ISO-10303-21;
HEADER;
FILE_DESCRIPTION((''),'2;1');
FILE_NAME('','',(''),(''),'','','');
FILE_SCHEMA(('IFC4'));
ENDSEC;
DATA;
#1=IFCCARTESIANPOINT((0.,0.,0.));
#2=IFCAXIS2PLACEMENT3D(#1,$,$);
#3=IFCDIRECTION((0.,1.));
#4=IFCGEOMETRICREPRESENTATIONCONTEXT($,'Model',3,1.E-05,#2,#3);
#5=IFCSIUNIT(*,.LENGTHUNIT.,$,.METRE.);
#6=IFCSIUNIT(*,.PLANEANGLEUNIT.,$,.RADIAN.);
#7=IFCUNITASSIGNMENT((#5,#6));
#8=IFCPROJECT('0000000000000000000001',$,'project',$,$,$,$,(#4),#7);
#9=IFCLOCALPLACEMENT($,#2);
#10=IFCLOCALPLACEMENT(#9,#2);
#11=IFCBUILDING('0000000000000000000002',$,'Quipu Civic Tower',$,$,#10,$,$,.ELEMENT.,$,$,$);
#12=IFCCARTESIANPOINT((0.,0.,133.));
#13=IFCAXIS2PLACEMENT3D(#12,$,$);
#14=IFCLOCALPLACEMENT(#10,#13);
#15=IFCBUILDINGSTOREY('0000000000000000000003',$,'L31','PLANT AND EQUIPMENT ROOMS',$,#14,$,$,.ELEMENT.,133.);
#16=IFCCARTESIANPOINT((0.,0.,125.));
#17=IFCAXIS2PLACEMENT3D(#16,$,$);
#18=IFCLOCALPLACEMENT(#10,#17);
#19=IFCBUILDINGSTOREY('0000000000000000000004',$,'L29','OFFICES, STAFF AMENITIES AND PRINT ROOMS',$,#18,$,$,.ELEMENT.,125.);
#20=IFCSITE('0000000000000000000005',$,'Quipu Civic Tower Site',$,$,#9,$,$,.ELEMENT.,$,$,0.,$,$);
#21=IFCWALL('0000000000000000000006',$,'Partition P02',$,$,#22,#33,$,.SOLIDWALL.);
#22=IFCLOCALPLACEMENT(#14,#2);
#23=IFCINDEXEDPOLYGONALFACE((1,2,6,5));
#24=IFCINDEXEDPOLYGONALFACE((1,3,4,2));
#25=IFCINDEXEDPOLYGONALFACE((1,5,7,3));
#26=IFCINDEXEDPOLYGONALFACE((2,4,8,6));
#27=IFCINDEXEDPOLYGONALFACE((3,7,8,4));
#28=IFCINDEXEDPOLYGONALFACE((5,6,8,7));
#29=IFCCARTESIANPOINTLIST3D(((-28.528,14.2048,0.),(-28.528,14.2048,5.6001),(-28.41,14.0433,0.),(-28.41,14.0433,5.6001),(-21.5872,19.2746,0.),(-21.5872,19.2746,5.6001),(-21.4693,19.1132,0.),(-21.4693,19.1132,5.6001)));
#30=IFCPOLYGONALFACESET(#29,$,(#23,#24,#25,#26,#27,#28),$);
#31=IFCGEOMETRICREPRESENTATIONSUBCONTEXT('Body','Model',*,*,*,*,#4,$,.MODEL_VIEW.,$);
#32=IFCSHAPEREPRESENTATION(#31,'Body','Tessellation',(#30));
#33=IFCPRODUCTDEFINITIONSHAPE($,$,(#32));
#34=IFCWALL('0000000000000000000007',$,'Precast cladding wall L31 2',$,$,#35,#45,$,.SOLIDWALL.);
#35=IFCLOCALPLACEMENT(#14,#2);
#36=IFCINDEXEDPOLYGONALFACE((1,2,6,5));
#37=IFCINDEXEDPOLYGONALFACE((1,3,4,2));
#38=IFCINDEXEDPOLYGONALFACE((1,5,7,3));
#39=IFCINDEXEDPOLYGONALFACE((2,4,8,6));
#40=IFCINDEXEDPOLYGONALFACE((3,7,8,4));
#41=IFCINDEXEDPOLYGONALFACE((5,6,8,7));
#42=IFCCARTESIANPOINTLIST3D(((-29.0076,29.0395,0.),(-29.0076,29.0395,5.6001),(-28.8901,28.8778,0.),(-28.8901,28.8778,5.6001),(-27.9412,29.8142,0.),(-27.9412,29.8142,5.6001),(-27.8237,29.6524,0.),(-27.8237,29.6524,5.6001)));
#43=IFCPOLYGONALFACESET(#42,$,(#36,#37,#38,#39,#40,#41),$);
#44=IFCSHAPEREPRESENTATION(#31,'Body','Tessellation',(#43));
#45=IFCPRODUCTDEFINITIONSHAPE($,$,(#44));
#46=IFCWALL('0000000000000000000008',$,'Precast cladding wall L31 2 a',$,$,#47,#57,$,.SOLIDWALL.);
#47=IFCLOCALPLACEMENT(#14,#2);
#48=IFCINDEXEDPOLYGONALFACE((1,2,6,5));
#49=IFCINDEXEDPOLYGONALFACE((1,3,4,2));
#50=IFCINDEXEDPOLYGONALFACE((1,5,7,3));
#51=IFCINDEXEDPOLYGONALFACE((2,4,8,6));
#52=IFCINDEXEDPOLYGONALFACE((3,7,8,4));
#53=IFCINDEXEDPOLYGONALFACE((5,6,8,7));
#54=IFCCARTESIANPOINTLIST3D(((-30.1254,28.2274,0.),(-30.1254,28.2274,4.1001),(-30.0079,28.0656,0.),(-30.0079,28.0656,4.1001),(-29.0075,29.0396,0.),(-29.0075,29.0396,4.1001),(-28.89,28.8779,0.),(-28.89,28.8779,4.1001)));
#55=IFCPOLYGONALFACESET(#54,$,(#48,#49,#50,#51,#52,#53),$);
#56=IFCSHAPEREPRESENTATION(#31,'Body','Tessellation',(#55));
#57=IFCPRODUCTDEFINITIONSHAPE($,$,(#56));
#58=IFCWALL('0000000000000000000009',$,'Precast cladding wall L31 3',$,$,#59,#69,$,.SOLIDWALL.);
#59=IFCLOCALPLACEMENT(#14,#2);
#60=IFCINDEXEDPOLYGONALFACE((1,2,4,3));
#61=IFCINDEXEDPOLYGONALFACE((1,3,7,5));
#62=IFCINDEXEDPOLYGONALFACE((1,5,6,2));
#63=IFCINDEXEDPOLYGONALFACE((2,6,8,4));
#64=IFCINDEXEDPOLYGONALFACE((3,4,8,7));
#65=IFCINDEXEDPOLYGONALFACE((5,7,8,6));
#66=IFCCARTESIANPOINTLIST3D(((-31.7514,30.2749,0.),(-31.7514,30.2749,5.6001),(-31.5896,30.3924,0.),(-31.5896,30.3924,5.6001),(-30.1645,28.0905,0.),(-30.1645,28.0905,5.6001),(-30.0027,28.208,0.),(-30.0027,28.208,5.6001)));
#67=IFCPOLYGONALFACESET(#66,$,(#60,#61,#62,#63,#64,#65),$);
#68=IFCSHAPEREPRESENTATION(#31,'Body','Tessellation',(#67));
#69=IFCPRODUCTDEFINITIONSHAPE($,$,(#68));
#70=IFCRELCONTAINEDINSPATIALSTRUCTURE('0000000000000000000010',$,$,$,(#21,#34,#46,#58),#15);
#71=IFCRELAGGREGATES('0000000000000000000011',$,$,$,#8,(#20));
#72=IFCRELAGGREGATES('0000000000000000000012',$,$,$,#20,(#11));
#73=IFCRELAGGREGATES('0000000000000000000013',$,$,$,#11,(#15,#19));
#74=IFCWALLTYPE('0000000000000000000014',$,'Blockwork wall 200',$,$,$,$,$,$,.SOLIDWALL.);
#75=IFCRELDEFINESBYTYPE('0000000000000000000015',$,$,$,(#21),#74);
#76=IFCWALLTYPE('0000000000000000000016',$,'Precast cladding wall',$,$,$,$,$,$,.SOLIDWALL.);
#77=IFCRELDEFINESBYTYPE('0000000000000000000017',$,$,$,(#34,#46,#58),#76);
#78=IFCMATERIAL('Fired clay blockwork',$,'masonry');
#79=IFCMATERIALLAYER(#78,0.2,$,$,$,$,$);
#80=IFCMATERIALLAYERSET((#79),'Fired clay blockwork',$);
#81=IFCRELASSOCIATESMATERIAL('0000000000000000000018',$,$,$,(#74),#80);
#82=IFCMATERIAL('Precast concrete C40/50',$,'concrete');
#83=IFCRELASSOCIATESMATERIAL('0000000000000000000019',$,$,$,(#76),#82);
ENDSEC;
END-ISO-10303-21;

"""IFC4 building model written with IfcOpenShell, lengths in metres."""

from ifc_helpers import new_model, si_unit, direction, frame, frame_2d, origin, place, context, subcontext, project, spatial, rectangle, extrude, material, layer, layer_set, type_object, element, save


model = new_model("IFC4")

# Units and contexts
model_context = context("Model", 3, precision=1e-05, world=origin(), true_north=direction((0.0, 1.0)))
body_context = subcontext(model_context, "Body", "Model", "MODEL_VIEW")
ifc_project = project(units=[si_unit("LENGTHUNIT", "METRE"), si_unit("PLANEANGLEUNIT", "RADIAN")], contexts=[model_context])

# Site, building, storey
site_placement = place(None, origin())
site = spatial("IfcSite", under=ifc_project, at=site_placement, Name="Quipu Civic Tower Site", CompositionType="ELEMENT", RefElevation=0.0)
building_placement = place(site_placement, origin())
building = spatial("IfcBuilding", under=site, at=building_placement, Name="Quipu Civic Tower", CompositionType="ELEMENT")
storey_1_placement = place(building_placement, frame((0.0, 0.0, 133.0)))
storey_1 = spatial("IfcBuildingStorey", under=building, at=storey_1_placement, Name="L31", Description="PLANT AND EQUIPMENT ROOMS", CompositionType="ELEMENT", Elevation=133.0)

# Shared definitions
storey_2_placement = place(building_placement, frame((0.0, 0.0, 125.0)))
storey_2 = spatial("IfcBuildingStorey", under=building, at=storey_2_placement, Name="L29", Description="OFFICES, STAFF AMENITIES AND PRINT ROOMS", CompositionType="ELEMENT", Elevation=125.0)

# Walls
ifc_material_1 = material(Name="Fired clay blockwork", Category="masonry")
ifc_layer = layer(ifc_material_1, 0.2)
ifc_layer_set = layer_set([ifc_layer], Name="Fired clay blockwork")
wall_type_1 = type_object("IfcWallType", Name="Blockwork wall 200", PredefinedType="SOLIDWALL", material=ifc_layer_set)
wall_1_placement = place(storey_1_placement, frame((-28.469, 14.124, 0.0), z_axis=(0.0, 0.0, 1.0), x_axis=(0.807513, 0.589849, 0.0)))
element("IfcWall", 1, at=wall_1_placement, inside=storey_1, type_object=wall_type_1, Name="Partition P02", PredefinedType="SOLIDWALL", context=body_context, shape_type="SweptSolid", body=[
    extrude(rectangle(XDim=8.5952, YDim=0.2, at=frame_2d((4.2976, 0.0))), origin(), (0.0, 0.0, 1.0), 5.6001),
])
ifc_material_2 = material(Name="Precast concrete C40/50", Category="concrete")
wall_type_2 = type_object("IfcWallType", Name="Precast cladding wall", PredefinedType="SOLIDWALL", material=ifc_material_2)
wall_2_placement = place(storey_1_placement, frame((-27.8823, 29.7334, 0.0), z_axis=(0.0, 0.0, 1.0), x_axis=(-0.809064, -0.58772, 0.0)))
element("IfcWall", 2, at=wall_2_placement, inside=storey_1, type_object=wall_type_2, Name="Precast cladding wall L31 2", PredefinedType="SOLIDWALL", context=body_context, shape_type="SweptSolid", body=[
    extrude(rectangle(XDim=1.3181, YDim=0.2, at=frame_2d((0.6592, 0.0))), origin(), (0.0, 0.0, 1.0), 5.6001),
])
wall_3_placement = place(storey_1_placement, frame((-28.9487, 28.9587, 0.0), z_axis=(0.0, 0.0, 1.0), x_axis=(-0.809003, -0.587804, 0.0)))
element("IfcWall", 3, at=wall_3_placement, inside=storey_1, type_object=wall_type_2, Name="Precast cladding wall L31 2 a", PredefinedType="SOLIDWALL", context=body_context, shape_type="SweptSolid", body=[
    extrude(rectangle(XDim=1.3818, YDim=0.2, at=frame_2d((0.6909, 0.0))), origin(), (0.0, 0.0, 1.0), 4.1001),
])
wall_4_placement = place(storey_1_placement, frame((-30.0835, 28.1492, 0.0), z_axis=(0.0, 0.0, 1.0), x_axis=(-0.587763, 0.809033, 0.0)))
element("IfcWall", 4, at=wall_4_placement, inside=storey_1, type_object=wall_type_2, Name="Precast cladding wall L31 3", PredefinedType="SOLIDWALL", context=body_context, shape_type="SweptSolid", body=[
    extrude(rectangle(XDim=2.7, YDim=0.2, at=frame_2d((1.3501, 0.0))), origin(), (0.0, 0.0, 1.0), 5.6001),
])

save(model, "model.ifc")
